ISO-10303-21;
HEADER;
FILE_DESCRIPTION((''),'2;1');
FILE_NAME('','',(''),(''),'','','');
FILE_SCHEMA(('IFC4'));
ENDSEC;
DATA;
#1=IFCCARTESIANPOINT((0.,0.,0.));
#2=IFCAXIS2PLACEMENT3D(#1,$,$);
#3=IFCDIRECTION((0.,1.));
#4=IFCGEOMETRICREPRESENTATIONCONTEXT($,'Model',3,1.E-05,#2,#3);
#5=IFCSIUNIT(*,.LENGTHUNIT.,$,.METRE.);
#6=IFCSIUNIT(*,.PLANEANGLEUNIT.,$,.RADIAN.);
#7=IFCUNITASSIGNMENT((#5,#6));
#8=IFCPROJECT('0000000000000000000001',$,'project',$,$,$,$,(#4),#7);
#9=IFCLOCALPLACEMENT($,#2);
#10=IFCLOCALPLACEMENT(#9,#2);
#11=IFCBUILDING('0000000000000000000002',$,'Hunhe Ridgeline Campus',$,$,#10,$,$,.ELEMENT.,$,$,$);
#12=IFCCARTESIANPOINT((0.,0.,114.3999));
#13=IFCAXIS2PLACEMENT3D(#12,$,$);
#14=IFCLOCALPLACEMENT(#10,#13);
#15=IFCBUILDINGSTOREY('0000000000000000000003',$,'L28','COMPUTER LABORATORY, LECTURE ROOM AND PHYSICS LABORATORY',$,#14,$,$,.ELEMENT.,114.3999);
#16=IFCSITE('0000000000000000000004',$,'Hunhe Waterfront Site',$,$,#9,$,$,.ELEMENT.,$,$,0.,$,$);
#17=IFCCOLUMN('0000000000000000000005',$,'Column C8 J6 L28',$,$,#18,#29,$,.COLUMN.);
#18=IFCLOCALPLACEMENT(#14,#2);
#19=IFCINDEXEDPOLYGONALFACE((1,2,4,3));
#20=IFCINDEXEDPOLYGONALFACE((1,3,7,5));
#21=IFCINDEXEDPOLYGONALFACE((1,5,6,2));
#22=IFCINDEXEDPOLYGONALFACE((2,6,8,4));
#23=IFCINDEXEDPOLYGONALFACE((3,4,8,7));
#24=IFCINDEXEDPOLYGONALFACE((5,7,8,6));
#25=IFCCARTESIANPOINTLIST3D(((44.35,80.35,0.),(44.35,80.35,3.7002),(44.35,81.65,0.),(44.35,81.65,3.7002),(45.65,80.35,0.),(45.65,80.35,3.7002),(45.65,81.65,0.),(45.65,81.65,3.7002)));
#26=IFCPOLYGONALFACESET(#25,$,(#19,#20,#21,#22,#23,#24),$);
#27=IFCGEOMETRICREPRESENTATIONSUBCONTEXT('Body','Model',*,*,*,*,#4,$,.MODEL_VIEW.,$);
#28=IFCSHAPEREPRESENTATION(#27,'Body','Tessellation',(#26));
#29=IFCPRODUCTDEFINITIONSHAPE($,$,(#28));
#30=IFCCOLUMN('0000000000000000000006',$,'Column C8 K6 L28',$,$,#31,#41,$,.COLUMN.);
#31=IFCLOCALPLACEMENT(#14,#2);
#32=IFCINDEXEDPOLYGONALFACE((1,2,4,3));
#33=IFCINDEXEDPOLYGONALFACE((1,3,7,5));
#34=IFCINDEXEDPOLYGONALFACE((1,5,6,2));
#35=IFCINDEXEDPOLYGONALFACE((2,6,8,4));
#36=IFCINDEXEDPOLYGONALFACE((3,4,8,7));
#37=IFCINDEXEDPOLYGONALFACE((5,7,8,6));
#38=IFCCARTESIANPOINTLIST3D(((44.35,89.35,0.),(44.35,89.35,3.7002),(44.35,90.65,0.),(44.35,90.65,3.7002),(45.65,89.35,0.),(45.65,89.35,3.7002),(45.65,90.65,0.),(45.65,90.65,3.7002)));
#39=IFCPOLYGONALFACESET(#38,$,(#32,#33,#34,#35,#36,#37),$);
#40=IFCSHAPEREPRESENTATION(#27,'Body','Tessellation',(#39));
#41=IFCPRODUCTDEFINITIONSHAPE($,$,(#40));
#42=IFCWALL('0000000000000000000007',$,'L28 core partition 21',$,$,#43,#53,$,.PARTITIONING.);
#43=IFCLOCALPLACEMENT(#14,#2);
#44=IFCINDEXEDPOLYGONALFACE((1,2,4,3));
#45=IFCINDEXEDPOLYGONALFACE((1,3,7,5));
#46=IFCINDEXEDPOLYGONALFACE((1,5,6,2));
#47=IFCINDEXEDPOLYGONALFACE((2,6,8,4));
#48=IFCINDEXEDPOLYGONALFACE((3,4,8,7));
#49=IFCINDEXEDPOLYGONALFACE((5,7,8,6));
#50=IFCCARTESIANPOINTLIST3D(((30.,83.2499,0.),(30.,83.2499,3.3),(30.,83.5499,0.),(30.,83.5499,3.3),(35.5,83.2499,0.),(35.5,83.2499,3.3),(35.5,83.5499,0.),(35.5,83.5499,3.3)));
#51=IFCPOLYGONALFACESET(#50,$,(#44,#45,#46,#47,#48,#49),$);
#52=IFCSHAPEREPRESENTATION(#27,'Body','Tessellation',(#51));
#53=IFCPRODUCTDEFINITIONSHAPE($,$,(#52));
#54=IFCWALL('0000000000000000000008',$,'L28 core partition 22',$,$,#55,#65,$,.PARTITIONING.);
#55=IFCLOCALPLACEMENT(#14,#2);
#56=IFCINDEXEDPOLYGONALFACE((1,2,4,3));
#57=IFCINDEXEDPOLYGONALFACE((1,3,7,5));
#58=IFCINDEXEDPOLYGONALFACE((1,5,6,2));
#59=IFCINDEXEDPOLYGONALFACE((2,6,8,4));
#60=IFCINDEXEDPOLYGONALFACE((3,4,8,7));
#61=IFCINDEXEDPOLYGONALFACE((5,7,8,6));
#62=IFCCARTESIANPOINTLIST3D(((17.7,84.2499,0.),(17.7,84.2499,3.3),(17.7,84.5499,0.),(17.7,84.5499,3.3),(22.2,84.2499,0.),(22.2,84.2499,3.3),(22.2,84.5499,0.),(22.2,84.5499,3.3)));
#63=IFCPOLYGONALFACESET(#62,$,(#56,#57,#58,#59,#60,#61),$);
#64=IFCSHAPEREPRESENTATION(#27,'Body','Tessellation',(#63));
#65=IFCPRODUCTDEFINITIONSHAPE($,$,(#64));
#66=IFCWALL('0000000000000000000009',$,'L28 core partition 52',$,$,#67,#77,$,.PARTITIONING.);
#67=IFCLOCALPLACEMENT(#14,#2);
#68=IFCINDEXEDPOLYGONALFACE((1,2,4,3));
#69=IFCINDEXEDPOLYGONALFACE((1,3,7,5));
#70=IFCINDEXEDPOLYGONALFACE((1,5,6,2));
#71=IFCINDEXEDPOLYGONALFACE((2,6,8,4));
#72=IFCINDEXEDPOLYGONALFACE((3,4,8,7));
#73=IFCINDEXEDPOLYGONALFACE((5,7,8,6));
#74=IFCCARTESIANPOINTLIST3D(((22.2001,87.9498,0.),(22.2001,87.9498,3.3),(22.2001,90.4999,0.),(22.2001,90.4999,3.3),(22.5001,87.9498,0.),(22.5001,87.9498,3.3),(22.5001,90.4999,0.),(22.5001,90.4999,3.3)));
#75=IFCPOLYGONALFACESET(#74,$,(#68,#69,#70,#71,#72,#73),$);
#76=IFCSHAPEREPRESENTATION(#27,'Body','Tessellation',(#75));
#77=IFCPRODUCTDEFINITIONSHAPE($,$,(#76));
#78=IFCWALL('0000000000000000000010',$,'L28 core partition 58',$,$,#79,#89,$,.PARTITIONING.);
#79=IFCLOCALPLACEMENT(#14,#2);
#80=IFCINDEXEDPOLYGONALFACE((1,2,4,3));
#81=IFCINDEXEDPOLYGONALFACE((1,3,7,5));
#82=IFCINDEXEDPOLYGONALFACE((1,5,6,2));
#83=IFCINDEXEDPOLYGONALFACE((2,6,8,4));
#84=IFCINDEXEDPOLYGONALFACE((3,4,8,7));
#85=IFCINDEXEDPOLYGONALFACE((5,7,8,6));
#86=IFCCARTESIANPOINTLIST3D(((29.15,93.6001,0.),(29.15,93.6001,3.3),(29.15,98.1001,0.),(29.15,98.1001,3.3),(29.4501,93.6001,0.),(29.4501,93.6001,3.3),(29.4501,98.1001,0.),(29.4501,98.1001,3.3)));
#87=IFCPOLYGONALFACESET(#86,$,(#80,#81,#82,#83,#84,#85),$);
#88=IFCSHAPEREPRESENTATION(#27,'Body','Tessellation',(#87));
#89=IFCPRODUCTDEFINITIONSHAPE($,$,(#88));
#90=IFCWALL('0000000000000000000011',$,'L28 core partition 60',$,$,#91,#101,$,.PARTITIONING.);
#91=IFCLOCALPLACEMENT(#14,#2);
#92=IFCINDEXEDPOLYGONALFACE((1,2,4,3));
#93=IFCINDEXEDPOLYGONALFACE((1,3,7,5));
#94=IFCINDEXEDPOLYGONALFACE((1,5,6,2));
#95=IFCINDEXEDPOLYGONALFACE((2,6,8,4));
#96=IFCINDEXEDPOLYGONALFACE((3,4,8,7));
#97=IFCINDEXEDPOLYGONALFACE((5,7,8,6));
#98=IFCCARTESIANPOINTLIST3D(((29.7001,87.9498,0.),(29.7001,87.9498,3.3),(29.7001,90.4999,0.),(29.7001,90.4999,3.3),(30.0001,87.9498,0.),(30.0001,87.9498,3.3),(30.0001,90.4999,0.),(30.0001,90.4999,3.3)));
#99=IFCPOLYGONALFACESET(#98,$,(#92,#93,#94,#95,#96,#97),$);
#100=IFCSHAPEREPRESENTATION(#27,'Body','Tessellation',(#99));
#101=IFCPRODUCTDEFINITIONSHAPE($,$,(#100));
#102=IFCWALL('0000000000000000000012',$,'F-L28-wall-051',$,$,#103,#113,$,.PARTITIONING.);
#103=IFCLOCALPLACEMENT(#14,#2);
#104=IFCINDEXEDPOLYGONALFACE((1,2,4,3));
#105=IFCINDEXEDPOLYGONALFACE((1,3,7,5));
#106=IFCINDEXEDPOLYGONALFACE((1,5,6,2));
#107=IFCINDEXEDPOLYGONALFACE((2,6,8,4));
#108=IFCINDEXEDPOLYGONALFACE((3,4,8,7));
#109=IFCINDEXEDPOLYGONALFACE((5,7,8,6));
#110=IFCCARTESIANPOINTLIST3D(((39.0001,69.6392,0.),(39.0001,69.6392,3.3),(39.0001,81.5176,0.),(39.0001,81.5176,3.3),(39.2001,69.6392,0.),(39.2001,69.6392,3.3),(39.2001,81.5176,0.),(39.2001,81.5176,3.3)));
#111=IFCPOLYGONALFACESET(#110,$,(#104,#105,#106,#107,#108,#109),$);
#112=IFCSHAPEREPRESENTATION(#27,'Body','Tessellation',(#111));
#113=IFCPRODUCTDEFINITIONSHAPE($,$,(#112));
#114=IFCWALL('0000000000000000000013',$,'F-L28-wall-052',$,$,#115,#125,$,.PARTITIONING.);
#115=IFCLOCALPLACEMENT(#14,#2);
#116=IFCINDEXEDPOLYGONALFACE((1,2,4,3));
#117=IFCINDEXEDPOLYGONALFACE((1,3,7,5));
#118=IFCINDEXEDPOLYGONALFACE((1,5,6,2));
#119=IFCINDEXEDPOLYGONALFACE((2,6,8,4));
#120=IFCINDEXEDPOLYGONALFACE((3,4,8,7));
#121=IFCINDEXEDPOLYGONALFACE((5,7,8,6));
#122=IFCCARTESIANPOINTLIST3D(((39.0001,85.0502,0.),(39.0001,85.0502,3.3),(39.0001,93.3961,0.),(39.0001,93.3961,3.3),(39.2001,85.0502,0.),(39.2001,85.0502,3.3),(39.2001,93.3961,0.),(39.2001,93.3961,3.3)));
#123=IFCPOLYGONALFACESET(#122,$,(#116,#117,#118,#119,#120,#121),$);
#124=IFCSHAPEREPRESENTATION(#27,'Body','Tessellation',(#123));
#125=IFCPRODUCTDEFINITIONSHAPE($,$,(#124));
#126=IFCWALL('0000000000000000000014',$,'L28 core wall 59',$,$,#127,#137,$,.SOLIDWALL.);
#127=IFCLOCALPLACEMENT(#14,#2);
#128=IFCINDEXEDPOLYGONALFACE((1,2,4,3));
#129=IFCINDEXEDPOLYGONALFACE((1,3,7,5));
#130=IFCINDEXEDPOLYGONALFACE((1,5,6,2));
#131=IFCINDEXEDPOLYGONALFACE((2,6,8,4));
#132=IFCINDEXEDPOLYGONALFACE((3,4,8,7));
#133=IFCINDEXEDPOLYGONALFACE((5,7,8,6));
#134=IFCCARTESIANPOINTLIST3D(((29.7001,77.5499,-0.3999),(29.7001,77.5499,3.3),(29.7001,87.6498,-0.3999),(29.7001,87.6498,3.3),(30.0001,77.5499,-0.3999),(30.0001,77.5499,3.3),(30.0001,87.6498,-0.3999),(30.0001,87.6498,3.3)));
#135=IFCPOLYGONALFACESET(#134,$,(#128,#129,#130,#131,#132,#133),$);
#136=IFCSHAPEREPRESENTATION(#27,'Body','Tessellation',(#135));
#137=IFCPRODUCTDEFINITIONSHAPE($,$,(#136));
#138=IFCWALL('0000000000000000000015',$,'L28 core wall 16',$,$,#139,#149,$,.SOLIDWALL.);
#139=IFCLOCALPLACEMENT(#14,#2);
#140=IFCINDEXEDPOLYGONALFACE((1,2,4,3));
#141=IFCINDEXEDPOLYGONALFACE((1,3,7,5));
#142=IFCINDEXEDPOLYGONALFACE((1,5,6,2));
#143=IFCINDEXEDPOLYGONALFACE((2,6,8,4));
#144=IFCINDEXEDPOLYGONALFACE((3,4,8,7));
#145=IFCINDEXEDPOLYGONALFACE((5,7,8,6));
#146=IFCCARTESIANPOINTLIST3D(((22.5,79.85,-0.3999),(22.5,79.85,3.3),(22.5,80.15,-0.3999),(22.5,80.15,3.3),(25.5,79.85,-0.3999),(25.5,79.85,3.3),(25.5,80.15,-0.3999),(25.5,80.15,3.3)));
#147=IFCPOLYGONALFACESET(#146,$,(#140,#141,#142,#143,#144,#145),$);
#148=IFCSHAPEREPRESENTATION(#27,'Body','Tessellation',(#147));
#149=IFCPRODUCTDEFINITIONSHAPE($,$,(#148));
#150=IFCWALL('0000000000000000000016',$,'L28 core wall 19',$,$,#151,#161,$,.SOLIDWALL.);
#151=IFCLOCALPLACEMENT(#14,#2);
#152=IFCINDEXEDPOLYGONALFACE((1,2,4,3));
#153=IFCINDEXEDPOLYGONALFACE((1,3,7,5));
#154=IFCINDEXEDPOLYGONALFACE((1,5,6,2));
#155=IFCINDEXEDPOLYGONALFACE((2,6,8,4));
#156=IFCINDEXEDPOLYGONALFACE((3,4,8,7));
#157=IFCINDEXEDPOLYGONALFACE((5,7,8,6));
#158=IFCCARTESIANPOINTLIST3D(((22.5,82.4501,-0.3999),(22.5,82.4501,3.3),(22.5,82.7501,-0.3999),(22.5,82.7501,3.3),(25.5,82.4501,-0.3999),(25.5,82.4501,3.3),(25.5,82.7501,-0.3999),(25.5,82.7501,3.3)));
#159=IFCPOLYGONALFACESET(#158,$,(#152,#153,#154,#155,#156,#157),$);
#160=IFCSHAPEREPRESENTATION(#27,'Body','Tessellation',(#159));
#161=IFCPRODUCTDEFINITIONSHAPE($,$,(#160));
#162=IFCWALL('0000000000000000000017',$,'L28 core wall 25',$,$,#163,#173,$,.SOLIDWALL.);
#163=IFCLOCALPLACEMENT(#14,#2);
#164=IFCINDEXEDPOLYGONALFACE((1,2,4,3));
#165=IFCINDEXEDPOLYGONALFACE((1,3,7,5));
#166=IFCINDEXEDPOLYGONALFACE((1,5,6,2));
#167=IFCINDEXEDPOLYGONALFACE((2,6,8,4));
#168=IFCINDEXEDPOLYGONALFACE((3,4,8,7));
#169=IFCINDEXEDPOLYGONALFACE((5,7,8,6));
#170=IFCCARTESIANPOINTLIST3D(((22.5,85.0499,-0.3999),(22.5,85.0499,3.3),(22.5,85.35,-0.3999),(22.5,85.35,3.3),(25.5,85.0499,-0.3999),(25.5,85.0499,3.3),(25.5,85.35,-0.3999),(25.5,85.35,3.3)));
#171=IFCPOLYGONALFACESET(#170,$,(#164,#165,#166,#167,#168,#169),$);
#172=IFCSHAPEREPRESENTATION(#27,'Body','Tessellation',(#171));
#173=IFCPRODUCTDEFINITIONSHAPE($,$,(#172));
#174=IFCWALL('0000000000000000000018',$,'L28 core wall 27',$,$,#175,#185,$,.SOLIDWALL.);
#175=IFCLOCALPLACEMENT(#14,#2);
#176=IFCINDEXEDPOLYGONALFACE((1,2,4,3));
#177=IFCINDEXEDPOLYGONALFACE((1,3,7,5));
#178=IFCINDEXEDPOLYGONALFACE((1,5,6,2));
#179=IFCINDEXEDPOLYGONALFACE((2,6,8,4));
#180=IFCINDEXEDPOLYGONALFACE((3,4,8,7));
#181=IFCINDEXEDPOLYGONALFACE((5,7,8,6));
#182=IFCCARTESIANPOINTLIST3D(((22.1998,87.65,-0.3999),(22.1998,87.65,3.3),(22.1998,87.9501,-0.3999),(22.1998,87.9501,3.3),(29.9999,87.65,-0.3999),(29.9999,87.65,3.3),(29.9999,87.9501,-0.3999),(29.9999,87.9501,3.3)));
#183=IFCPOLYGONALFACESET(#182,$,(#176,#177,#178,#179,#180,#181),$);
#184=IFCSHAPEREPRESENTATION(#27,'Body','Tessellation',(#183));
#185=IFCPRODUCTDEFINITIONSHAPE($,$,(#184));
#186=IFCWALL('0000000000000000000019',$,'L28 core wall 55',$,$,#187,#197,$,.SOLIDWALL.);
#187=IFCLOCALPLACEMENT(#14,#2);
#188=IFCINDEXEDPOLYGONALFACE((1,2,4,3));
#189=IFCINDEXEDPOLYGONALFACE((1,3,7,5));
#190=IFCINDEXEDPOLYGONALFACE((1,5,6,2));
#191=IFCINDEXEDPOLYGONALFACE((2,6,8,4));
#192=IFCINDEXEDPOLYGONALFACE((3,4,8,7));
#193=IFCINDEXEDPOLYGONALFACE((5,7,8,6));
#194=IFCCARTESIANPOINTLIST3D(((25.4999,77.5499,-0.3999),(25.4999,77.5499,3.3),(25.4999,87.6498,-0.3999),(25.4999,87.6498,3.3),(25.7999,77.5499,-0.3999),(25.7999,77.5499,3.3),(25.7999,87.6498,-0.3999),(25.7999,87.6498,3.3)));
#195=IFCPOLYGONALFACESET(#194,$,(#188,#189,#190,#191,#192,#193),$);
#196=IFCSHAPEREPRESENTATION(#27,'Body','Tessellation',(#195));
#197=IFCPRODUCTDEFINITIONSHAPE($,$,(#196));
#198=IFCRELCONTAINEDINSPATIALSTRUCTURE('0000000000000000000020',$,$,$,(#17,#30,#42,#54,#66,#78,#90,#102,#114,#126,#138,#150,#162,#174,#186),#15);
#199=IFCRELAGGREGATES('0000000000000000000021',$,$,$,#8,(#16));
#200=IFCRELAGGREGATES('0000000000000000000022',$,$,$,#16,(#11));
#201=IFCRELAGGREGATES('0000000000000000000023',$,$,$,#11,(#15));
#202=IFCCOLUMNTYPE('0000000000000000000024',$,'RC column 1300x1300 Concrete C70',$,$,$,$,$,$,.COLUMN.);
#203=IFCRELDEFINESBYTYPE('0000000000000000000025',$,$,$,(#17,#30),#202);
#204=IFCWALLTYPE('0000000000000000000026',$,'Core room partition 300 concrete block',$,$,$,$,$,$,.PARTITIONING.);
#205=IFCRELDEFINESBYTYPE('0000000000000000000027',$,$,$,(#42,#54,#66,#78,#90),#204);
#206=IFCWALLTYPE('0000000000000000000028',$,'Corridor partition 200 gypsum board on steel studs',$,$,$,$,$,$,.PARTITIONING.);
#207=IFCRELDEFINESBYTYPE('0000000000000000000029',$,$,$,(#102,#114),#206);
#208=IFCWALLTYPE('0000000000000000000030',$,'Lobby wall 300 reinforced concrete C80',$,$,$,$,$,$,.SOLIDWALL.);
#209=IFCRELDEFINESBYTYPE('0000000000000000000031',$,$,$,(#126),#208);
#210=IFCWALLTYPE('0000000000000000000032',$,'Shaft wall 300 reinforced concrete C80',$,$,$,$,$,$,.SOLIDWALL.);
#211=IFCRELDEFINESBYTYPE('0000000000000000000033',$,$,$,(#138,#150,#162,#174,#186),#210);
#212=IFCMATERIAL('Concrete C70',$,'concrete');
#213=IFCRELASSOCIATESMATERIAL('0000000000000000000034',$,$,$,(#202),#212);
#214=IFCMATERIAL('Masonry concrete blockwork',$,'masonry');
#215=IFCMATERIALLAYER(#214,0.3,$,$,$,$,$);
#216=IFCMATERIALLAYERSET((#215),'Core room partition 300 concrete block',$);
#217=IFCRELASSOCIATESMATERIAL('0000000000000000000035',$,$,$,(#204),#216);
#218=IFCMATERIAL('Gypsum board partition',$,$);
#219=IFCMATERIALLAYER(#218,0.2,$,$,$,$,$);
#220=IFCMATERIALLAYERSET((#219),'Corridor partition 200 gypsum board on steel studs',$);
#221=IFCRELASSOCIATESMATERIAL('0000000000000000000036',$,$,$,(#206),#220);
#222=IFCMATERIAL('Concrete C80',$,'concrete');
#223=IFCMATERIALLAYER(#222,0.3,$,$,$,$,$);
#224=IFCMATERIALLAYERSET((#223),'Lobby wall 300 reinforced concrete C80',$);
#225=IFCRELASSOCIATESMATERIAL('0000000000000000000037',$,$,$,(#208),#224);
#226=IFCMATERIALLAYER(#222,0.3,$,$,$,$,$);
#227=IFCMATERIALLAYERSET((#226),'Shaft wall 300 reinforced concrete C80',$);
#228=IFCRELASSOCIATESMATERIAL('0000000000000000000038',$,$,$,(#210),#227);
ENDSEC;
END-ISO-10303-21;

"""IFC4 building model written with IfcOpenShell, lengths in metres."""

from ifc_helpers import new_model, si_unit, direction, frame, frame_2d, origin, origin_2d, place, context, subcontext, project, spatial, rectangle, extrude, material, layer, layer_set, material_profile, profile_set, type_object, element, save


model = new_model("IFC4")

# Units and contexts
model_context = context("Model", 3, precision=1e-05, world=origin(), true_north=direction((0.0, 1.0)))
body_context = subcontext(model_context, "Body", "Model", "MODEL_VIEW")
ifc_project = project(units=[si_unit("LENGTHUNIT", "METRE"), si_unit("PLANEANGLEUNIT", "RADIAN")], contexts=[model_context])

# Site, building, storey
site_placement = place(None, origin())
site = spatial("IfcSite", under=ifc_project, at=site_placement, Name="Hunhe Waterfront Site", CompositionType="ELEMENT", RefElevation=0.0)
building_placement = place(site_placement, origin())
building = spatial("IfcBuilding", under=site, at=building_placement, Name="Hunhe Ridgeline Campus", CompositionType="ELEMENT")
storey_placement = place(building_placement, frame((0.0, 0.0, 114.3999)))
storey = spatial("IfcBuildingStorey", under=building, at=storey_placement, Name="L28", Description="COMPUTER LABORATORY, LECTURE ROOM AND PHYSICS LABORATORY", CompositionType="ELEMENT", Elevation=114.3999)

# Columns
ifc_material_1 = material(Name="Concrete C70", Category="concrete")
ifc_material_profile = material_profile(ifc_material_1, rectangle(XDim=1.3, YDim=1.3, at=origin_2d()))
ifc_profile_set = profile_set([ifc_material_profile], Name="Concrete C70")
column_type = type_object("IfcColumnType", Name="RC column 1300x1300 Concrete C70", PredefinedType="COLUMN", material=ifc_profile_set)
for number, where, z_axis, x_axis, name in (
    (1, (45.0, 81.0, 0.0), (0.0, 0.0, 1.0), (1.0, 0.0, 0.0), "Column C8 J6 L28"),
    (2, (45.0, 90.0, 0.0), (0.0, 0.0, 1.0), (1.0, 0.0, 0.0), "Column C8 K6 L28"),
):
    element("IfcColumn", number, at=place(storey_placement, frame(where, z_axis=z_axis, x_axis=x_axis)), inside=storey, type_object=column_type, Name=name, PredefinedType="COLUMN", context=body_context, shape_type="SweptSolid", body=[
        extrude(rectangle(XDim=1.3, YDim=1.3, at=origin_2d()), origin(), (0.0, 0.0, 1.0), 3.7002),
    ])

# Walls
ifc_material_2 = material(Name="Masonry concrete blockwork", Category="masonry")
ifc_layer_1 = layer(ifc_material_2, 0.3)
ifc_layer_set_1 = layer_set([ifc_layer_1], Name="Core room partition 300 concrete block")
wall_type_1 = type_object("IfcWallType", Name="Core room partition 300 concrete block", PredefinedType="PARTITIONING", material=ifc_layer_set_1)
wall_1_placement = place(storey_placement, frame((30.0, 83.3999, 0.0), z_axis=(0.0, 0.0, 1.0), x_axis=(1.0, 0.0, 0.0)))
element("IfcWall", 3, at=wall_1_placement, inside=storey, type_object=wall_type_1, Name="L28 core partition 21", PredefinedType="PARTITIONING", context=body_context, shape_type="SweptSolid", body=[
    extrude(rectangle(XDim=5.5, YDim=0.3, at=frame_2d((2.75, 0.0))), origin(), (0.0, 0.0, 1.0), 3.3),
])
wall_2_placement = place(storey_placement, frame((17.7, 84.3999, 0.0), z_axis=(0.0, 0.0, 1.0), x_axis=(1.0, 0.0, 0.0)))
element("IfcWall", 4, at=wall_2_placement, inside=storey, type_object=wall_type_1, Name="L28 core partition 22", PredefinedType="PARTITIONING", context=body_context, shape_type="SweptSolid", body=[
    extrude(rectangle(XDim=4.5, YDim=0.3, at=frame_2d((2.25, 0.0))), origin(), (0.0, 0.0, 1.0), 3.3),
])
wall_3_placement = place(storey_placement, frame((22.3501, 87.95, 0.0), z_axis=(0.0, 0.0, 1.0), x_axis=(0.0, 1.0, 0.0)))
element("IfcWall", 5, at=wall_3_placement, inside=storey, type_object=wall_type_1, Name="L28 core partition 52", PredefinedType="PARTITIONING", context=body_context, shape_type="SweptSolid", body=[
    extrude(rectangle(XDim=2.55, YDim=0.3, at=frame_2d((1.2749, 0.0))), origin(), (0.0, 0.0, 1.0), 3.3),
])
wall_4_placement = place(storey_placement, frame((29.3, 93.6001, 0.0), z_axis=(0.0, 0.0, 1.0), x_axis=(0.0, 1.0, 0.0)))
element("IfcWall", 6, at=wall_4_placement, inside=storey, type_object=wall_type_1, Name="L28 core partition 58", PredefinedType="PARTITIONING", context=body_context, shape_type="SweptSolid", body=[
    extrude(rectangle(XDim=4.5, YDim=0.3, at=frame_2d((2.25, 0.0))), origin(), (0.0, 0.0, 1.0), 3.3),
])
wall_5_placement = place(storey_placement, frame((29.8501, 87.95, 0.0), z_axis=(0.0, 0.0, 1.0), x_axis=(0.0, 1.0, 0.0)))
element("IfcWall", 7, at=wall_5_placement, inside=storey, type_object=wall_type_1, Name="L28 core partition 60", PredefinedType="PARTITIONING", context=body_context, shape_type="SweptSolid", body=[
    extrude(rectangle(XDim=2.55, YDim=0.3, at=frame_2d((1.2749, 0.0))), origin(), (0.0, 0.0, 1.0), 3.3),
])

# Shared definitions
ifc_material_3 = material(Name="Gypsum board partition")
ifc_layer_2 = layer(ifc_material_3, 0.2)
ifc_layer_set_2 = layer_set([ifc_layer_2], Name="Corridor partition 200 gypsum board on steel studs")
wall_type_2 = type_object("IfcWallType", Name="Corridor partition 200 gypsum board on steel studs", PredefinedType="PARTITIONING", material=ifc_layer_set_2)

# Walls
wall_6_placement = place(storey_placement, frame((39.1001, 81.5176, 0.0), z_axis=(0.0, 0.0, 1.0), x_axis=(0.0, -1.0, 0.0)))
element("IfcWall", 8, at=wall_6_placement, inside=storey, type_object=wall_type_2, Name="F-L28-wall-051", PredefinedType="PARTITIONING", context=body_context, shape_type="SweptSolid", body=[
    extrude(rectangle(XDim=11.8784, YDim=0.2, at=frame_2d((5.9392, 0.0))), origin(), (0.0, 0.0, 1.0), 3.3),
])
wall_7_placement = place(storey_placement, frame((39.1001, 93.396, 0.0), z_axis=(0.0, 0.0, 1.0), x_axis=(0.0, -1.0, 0.0)))
element("IfcWall", 9, at=wall_7_placement, inside=storey, type_object=wall_type_2, Name="F-L28-wall-052", PredefinedType="PARTITIONING", context=body_context, shape_type="SweptSolid", body=[
    extrude(rectangle(XDim=8.3459, YDim=0.2, at=frame_2d((4.1729, 0.0))), origin(), (0.0, 0.0, 1.0), 3.3),
])
ifc_material_4 = material(Name="Concrete C80", Category="concrete")
ifc_layer_3 = layer(ifc_material_4, 0.3)
ifc_layer_set_3 = layer_set([ifc_layer_3], Name="Lobby wall 300 reinforced concrete C80")
wall_type_3 = type_object("IfcWallType", Name="Lobby wall 300 reinforced concrete C80", PredefinedType="SOLIDWALL", material=ifc_layer_set_3)
wall_8_placement = place(storey_placement, frame((29.8501, 77.55, -0.3999), z_axis=(0.0, 0.0, 1.0), x_axis=(0.0, 1.0, 0.0)))
element("IfcWall", 10, at=wall_8_placement, inside=storey, type_object=wall_type_3, Name="L28 core wall 59", PredefinedType="SOLIDWALL", context=body_context, shape_type="SweptSolid", body=[
    extrude(rectangle(XDim=10.0999, YDim=0.3, at=frame_2d((5.0498, 0.0))), origin(), (0.0, 0.0, 1.0), 3.7),
])
ifc_layer_4 = layer(ifc_material_4, 0.3)
ifc_layer_set_4 = layer_set([ifc_layer_4], Name="Shaft wall 300 reinforced concrete C80")
wall_type_4 = type_object("IfcWallType", Name="Shaft wall 300 reinforced concrete C80", PredefinedType="SOLIDWALL", material=ifc_layer_set_4)
for number, where, z_axis, x_axis, name in (
    (11, (22.5, 80.0, -0.3999), (0.0, 0.0, 1.0), (1.0, 0.0, 0.0), "L28 core wall 16"),
    (12, (22.5, 82.6001, -0.3999), (0.0, 0.0, 1.0), (1.0, 0.0, 0.0), "L28 core wall 19"),
    (13, (22.5, 85.2, -0.3999), (0.0, 0.0, 1.0), (1.0, 0.0, 0.0), "L28 core wall 25"),
):
    element("IfcWall", number, at=place(storey_placement, frame(where, z_axis=z_axis, x_axis=x_axis)), inside=storey, type_object=wall_type_4, Name=name, PredefinedType="SOLIDWALL", context=body_context, shape_type="SweptSolid", body=[
        extrude(rectangle(XDim=3.0, YDim=0.3, at=frame_2d((1.5, 0.0))), origin(), (0.0, 0.0, 1.0), 3.7),
    ])
wall_9_placement = place(storey_placement, frame((22.2, 87.8, -0.3999), z_axis=(0.0, 0.0, 1.0), x_axis=(1.0, 0.0, 0.0)))
element("IfcWall", 14, at=wall_9_placement, inside=storey, type_object=wall_type_4, Name="L28 core wall 27", PredefinedType="SOLIDWALL", context=body_context, shape_type="SweptSolid", body=[
    extrude(rectangle(XDim=7.8, YDim=0.3, at=frame_2d((3.8999, 0.0))), origin(), (0.0, 0.0, 1.0), 3.7),
])
wall_10_placement = place(storey_placement, frame((25.6499, 77.55, -0.3999), z_axis=(0.0, 0.0, 1.0), x_axis=(0.0, 1.0, 0.0)))
element("IfcWall", 15, at=wall_10_placement, inside=storey, type_object=wall_type_4, Name="L28 core wall 55", PredefinedType="SOLIDWALL", context=body_context, shape_type="SweptSolid", body=[
    extrude(rectangle(XDim=10.0999, YDim=0.3, at=frame_2d((5.0498, 0.0))), origin(), (0.0, 0.0, 1.0), 3.7),
])

save(model, "model.ifc")
